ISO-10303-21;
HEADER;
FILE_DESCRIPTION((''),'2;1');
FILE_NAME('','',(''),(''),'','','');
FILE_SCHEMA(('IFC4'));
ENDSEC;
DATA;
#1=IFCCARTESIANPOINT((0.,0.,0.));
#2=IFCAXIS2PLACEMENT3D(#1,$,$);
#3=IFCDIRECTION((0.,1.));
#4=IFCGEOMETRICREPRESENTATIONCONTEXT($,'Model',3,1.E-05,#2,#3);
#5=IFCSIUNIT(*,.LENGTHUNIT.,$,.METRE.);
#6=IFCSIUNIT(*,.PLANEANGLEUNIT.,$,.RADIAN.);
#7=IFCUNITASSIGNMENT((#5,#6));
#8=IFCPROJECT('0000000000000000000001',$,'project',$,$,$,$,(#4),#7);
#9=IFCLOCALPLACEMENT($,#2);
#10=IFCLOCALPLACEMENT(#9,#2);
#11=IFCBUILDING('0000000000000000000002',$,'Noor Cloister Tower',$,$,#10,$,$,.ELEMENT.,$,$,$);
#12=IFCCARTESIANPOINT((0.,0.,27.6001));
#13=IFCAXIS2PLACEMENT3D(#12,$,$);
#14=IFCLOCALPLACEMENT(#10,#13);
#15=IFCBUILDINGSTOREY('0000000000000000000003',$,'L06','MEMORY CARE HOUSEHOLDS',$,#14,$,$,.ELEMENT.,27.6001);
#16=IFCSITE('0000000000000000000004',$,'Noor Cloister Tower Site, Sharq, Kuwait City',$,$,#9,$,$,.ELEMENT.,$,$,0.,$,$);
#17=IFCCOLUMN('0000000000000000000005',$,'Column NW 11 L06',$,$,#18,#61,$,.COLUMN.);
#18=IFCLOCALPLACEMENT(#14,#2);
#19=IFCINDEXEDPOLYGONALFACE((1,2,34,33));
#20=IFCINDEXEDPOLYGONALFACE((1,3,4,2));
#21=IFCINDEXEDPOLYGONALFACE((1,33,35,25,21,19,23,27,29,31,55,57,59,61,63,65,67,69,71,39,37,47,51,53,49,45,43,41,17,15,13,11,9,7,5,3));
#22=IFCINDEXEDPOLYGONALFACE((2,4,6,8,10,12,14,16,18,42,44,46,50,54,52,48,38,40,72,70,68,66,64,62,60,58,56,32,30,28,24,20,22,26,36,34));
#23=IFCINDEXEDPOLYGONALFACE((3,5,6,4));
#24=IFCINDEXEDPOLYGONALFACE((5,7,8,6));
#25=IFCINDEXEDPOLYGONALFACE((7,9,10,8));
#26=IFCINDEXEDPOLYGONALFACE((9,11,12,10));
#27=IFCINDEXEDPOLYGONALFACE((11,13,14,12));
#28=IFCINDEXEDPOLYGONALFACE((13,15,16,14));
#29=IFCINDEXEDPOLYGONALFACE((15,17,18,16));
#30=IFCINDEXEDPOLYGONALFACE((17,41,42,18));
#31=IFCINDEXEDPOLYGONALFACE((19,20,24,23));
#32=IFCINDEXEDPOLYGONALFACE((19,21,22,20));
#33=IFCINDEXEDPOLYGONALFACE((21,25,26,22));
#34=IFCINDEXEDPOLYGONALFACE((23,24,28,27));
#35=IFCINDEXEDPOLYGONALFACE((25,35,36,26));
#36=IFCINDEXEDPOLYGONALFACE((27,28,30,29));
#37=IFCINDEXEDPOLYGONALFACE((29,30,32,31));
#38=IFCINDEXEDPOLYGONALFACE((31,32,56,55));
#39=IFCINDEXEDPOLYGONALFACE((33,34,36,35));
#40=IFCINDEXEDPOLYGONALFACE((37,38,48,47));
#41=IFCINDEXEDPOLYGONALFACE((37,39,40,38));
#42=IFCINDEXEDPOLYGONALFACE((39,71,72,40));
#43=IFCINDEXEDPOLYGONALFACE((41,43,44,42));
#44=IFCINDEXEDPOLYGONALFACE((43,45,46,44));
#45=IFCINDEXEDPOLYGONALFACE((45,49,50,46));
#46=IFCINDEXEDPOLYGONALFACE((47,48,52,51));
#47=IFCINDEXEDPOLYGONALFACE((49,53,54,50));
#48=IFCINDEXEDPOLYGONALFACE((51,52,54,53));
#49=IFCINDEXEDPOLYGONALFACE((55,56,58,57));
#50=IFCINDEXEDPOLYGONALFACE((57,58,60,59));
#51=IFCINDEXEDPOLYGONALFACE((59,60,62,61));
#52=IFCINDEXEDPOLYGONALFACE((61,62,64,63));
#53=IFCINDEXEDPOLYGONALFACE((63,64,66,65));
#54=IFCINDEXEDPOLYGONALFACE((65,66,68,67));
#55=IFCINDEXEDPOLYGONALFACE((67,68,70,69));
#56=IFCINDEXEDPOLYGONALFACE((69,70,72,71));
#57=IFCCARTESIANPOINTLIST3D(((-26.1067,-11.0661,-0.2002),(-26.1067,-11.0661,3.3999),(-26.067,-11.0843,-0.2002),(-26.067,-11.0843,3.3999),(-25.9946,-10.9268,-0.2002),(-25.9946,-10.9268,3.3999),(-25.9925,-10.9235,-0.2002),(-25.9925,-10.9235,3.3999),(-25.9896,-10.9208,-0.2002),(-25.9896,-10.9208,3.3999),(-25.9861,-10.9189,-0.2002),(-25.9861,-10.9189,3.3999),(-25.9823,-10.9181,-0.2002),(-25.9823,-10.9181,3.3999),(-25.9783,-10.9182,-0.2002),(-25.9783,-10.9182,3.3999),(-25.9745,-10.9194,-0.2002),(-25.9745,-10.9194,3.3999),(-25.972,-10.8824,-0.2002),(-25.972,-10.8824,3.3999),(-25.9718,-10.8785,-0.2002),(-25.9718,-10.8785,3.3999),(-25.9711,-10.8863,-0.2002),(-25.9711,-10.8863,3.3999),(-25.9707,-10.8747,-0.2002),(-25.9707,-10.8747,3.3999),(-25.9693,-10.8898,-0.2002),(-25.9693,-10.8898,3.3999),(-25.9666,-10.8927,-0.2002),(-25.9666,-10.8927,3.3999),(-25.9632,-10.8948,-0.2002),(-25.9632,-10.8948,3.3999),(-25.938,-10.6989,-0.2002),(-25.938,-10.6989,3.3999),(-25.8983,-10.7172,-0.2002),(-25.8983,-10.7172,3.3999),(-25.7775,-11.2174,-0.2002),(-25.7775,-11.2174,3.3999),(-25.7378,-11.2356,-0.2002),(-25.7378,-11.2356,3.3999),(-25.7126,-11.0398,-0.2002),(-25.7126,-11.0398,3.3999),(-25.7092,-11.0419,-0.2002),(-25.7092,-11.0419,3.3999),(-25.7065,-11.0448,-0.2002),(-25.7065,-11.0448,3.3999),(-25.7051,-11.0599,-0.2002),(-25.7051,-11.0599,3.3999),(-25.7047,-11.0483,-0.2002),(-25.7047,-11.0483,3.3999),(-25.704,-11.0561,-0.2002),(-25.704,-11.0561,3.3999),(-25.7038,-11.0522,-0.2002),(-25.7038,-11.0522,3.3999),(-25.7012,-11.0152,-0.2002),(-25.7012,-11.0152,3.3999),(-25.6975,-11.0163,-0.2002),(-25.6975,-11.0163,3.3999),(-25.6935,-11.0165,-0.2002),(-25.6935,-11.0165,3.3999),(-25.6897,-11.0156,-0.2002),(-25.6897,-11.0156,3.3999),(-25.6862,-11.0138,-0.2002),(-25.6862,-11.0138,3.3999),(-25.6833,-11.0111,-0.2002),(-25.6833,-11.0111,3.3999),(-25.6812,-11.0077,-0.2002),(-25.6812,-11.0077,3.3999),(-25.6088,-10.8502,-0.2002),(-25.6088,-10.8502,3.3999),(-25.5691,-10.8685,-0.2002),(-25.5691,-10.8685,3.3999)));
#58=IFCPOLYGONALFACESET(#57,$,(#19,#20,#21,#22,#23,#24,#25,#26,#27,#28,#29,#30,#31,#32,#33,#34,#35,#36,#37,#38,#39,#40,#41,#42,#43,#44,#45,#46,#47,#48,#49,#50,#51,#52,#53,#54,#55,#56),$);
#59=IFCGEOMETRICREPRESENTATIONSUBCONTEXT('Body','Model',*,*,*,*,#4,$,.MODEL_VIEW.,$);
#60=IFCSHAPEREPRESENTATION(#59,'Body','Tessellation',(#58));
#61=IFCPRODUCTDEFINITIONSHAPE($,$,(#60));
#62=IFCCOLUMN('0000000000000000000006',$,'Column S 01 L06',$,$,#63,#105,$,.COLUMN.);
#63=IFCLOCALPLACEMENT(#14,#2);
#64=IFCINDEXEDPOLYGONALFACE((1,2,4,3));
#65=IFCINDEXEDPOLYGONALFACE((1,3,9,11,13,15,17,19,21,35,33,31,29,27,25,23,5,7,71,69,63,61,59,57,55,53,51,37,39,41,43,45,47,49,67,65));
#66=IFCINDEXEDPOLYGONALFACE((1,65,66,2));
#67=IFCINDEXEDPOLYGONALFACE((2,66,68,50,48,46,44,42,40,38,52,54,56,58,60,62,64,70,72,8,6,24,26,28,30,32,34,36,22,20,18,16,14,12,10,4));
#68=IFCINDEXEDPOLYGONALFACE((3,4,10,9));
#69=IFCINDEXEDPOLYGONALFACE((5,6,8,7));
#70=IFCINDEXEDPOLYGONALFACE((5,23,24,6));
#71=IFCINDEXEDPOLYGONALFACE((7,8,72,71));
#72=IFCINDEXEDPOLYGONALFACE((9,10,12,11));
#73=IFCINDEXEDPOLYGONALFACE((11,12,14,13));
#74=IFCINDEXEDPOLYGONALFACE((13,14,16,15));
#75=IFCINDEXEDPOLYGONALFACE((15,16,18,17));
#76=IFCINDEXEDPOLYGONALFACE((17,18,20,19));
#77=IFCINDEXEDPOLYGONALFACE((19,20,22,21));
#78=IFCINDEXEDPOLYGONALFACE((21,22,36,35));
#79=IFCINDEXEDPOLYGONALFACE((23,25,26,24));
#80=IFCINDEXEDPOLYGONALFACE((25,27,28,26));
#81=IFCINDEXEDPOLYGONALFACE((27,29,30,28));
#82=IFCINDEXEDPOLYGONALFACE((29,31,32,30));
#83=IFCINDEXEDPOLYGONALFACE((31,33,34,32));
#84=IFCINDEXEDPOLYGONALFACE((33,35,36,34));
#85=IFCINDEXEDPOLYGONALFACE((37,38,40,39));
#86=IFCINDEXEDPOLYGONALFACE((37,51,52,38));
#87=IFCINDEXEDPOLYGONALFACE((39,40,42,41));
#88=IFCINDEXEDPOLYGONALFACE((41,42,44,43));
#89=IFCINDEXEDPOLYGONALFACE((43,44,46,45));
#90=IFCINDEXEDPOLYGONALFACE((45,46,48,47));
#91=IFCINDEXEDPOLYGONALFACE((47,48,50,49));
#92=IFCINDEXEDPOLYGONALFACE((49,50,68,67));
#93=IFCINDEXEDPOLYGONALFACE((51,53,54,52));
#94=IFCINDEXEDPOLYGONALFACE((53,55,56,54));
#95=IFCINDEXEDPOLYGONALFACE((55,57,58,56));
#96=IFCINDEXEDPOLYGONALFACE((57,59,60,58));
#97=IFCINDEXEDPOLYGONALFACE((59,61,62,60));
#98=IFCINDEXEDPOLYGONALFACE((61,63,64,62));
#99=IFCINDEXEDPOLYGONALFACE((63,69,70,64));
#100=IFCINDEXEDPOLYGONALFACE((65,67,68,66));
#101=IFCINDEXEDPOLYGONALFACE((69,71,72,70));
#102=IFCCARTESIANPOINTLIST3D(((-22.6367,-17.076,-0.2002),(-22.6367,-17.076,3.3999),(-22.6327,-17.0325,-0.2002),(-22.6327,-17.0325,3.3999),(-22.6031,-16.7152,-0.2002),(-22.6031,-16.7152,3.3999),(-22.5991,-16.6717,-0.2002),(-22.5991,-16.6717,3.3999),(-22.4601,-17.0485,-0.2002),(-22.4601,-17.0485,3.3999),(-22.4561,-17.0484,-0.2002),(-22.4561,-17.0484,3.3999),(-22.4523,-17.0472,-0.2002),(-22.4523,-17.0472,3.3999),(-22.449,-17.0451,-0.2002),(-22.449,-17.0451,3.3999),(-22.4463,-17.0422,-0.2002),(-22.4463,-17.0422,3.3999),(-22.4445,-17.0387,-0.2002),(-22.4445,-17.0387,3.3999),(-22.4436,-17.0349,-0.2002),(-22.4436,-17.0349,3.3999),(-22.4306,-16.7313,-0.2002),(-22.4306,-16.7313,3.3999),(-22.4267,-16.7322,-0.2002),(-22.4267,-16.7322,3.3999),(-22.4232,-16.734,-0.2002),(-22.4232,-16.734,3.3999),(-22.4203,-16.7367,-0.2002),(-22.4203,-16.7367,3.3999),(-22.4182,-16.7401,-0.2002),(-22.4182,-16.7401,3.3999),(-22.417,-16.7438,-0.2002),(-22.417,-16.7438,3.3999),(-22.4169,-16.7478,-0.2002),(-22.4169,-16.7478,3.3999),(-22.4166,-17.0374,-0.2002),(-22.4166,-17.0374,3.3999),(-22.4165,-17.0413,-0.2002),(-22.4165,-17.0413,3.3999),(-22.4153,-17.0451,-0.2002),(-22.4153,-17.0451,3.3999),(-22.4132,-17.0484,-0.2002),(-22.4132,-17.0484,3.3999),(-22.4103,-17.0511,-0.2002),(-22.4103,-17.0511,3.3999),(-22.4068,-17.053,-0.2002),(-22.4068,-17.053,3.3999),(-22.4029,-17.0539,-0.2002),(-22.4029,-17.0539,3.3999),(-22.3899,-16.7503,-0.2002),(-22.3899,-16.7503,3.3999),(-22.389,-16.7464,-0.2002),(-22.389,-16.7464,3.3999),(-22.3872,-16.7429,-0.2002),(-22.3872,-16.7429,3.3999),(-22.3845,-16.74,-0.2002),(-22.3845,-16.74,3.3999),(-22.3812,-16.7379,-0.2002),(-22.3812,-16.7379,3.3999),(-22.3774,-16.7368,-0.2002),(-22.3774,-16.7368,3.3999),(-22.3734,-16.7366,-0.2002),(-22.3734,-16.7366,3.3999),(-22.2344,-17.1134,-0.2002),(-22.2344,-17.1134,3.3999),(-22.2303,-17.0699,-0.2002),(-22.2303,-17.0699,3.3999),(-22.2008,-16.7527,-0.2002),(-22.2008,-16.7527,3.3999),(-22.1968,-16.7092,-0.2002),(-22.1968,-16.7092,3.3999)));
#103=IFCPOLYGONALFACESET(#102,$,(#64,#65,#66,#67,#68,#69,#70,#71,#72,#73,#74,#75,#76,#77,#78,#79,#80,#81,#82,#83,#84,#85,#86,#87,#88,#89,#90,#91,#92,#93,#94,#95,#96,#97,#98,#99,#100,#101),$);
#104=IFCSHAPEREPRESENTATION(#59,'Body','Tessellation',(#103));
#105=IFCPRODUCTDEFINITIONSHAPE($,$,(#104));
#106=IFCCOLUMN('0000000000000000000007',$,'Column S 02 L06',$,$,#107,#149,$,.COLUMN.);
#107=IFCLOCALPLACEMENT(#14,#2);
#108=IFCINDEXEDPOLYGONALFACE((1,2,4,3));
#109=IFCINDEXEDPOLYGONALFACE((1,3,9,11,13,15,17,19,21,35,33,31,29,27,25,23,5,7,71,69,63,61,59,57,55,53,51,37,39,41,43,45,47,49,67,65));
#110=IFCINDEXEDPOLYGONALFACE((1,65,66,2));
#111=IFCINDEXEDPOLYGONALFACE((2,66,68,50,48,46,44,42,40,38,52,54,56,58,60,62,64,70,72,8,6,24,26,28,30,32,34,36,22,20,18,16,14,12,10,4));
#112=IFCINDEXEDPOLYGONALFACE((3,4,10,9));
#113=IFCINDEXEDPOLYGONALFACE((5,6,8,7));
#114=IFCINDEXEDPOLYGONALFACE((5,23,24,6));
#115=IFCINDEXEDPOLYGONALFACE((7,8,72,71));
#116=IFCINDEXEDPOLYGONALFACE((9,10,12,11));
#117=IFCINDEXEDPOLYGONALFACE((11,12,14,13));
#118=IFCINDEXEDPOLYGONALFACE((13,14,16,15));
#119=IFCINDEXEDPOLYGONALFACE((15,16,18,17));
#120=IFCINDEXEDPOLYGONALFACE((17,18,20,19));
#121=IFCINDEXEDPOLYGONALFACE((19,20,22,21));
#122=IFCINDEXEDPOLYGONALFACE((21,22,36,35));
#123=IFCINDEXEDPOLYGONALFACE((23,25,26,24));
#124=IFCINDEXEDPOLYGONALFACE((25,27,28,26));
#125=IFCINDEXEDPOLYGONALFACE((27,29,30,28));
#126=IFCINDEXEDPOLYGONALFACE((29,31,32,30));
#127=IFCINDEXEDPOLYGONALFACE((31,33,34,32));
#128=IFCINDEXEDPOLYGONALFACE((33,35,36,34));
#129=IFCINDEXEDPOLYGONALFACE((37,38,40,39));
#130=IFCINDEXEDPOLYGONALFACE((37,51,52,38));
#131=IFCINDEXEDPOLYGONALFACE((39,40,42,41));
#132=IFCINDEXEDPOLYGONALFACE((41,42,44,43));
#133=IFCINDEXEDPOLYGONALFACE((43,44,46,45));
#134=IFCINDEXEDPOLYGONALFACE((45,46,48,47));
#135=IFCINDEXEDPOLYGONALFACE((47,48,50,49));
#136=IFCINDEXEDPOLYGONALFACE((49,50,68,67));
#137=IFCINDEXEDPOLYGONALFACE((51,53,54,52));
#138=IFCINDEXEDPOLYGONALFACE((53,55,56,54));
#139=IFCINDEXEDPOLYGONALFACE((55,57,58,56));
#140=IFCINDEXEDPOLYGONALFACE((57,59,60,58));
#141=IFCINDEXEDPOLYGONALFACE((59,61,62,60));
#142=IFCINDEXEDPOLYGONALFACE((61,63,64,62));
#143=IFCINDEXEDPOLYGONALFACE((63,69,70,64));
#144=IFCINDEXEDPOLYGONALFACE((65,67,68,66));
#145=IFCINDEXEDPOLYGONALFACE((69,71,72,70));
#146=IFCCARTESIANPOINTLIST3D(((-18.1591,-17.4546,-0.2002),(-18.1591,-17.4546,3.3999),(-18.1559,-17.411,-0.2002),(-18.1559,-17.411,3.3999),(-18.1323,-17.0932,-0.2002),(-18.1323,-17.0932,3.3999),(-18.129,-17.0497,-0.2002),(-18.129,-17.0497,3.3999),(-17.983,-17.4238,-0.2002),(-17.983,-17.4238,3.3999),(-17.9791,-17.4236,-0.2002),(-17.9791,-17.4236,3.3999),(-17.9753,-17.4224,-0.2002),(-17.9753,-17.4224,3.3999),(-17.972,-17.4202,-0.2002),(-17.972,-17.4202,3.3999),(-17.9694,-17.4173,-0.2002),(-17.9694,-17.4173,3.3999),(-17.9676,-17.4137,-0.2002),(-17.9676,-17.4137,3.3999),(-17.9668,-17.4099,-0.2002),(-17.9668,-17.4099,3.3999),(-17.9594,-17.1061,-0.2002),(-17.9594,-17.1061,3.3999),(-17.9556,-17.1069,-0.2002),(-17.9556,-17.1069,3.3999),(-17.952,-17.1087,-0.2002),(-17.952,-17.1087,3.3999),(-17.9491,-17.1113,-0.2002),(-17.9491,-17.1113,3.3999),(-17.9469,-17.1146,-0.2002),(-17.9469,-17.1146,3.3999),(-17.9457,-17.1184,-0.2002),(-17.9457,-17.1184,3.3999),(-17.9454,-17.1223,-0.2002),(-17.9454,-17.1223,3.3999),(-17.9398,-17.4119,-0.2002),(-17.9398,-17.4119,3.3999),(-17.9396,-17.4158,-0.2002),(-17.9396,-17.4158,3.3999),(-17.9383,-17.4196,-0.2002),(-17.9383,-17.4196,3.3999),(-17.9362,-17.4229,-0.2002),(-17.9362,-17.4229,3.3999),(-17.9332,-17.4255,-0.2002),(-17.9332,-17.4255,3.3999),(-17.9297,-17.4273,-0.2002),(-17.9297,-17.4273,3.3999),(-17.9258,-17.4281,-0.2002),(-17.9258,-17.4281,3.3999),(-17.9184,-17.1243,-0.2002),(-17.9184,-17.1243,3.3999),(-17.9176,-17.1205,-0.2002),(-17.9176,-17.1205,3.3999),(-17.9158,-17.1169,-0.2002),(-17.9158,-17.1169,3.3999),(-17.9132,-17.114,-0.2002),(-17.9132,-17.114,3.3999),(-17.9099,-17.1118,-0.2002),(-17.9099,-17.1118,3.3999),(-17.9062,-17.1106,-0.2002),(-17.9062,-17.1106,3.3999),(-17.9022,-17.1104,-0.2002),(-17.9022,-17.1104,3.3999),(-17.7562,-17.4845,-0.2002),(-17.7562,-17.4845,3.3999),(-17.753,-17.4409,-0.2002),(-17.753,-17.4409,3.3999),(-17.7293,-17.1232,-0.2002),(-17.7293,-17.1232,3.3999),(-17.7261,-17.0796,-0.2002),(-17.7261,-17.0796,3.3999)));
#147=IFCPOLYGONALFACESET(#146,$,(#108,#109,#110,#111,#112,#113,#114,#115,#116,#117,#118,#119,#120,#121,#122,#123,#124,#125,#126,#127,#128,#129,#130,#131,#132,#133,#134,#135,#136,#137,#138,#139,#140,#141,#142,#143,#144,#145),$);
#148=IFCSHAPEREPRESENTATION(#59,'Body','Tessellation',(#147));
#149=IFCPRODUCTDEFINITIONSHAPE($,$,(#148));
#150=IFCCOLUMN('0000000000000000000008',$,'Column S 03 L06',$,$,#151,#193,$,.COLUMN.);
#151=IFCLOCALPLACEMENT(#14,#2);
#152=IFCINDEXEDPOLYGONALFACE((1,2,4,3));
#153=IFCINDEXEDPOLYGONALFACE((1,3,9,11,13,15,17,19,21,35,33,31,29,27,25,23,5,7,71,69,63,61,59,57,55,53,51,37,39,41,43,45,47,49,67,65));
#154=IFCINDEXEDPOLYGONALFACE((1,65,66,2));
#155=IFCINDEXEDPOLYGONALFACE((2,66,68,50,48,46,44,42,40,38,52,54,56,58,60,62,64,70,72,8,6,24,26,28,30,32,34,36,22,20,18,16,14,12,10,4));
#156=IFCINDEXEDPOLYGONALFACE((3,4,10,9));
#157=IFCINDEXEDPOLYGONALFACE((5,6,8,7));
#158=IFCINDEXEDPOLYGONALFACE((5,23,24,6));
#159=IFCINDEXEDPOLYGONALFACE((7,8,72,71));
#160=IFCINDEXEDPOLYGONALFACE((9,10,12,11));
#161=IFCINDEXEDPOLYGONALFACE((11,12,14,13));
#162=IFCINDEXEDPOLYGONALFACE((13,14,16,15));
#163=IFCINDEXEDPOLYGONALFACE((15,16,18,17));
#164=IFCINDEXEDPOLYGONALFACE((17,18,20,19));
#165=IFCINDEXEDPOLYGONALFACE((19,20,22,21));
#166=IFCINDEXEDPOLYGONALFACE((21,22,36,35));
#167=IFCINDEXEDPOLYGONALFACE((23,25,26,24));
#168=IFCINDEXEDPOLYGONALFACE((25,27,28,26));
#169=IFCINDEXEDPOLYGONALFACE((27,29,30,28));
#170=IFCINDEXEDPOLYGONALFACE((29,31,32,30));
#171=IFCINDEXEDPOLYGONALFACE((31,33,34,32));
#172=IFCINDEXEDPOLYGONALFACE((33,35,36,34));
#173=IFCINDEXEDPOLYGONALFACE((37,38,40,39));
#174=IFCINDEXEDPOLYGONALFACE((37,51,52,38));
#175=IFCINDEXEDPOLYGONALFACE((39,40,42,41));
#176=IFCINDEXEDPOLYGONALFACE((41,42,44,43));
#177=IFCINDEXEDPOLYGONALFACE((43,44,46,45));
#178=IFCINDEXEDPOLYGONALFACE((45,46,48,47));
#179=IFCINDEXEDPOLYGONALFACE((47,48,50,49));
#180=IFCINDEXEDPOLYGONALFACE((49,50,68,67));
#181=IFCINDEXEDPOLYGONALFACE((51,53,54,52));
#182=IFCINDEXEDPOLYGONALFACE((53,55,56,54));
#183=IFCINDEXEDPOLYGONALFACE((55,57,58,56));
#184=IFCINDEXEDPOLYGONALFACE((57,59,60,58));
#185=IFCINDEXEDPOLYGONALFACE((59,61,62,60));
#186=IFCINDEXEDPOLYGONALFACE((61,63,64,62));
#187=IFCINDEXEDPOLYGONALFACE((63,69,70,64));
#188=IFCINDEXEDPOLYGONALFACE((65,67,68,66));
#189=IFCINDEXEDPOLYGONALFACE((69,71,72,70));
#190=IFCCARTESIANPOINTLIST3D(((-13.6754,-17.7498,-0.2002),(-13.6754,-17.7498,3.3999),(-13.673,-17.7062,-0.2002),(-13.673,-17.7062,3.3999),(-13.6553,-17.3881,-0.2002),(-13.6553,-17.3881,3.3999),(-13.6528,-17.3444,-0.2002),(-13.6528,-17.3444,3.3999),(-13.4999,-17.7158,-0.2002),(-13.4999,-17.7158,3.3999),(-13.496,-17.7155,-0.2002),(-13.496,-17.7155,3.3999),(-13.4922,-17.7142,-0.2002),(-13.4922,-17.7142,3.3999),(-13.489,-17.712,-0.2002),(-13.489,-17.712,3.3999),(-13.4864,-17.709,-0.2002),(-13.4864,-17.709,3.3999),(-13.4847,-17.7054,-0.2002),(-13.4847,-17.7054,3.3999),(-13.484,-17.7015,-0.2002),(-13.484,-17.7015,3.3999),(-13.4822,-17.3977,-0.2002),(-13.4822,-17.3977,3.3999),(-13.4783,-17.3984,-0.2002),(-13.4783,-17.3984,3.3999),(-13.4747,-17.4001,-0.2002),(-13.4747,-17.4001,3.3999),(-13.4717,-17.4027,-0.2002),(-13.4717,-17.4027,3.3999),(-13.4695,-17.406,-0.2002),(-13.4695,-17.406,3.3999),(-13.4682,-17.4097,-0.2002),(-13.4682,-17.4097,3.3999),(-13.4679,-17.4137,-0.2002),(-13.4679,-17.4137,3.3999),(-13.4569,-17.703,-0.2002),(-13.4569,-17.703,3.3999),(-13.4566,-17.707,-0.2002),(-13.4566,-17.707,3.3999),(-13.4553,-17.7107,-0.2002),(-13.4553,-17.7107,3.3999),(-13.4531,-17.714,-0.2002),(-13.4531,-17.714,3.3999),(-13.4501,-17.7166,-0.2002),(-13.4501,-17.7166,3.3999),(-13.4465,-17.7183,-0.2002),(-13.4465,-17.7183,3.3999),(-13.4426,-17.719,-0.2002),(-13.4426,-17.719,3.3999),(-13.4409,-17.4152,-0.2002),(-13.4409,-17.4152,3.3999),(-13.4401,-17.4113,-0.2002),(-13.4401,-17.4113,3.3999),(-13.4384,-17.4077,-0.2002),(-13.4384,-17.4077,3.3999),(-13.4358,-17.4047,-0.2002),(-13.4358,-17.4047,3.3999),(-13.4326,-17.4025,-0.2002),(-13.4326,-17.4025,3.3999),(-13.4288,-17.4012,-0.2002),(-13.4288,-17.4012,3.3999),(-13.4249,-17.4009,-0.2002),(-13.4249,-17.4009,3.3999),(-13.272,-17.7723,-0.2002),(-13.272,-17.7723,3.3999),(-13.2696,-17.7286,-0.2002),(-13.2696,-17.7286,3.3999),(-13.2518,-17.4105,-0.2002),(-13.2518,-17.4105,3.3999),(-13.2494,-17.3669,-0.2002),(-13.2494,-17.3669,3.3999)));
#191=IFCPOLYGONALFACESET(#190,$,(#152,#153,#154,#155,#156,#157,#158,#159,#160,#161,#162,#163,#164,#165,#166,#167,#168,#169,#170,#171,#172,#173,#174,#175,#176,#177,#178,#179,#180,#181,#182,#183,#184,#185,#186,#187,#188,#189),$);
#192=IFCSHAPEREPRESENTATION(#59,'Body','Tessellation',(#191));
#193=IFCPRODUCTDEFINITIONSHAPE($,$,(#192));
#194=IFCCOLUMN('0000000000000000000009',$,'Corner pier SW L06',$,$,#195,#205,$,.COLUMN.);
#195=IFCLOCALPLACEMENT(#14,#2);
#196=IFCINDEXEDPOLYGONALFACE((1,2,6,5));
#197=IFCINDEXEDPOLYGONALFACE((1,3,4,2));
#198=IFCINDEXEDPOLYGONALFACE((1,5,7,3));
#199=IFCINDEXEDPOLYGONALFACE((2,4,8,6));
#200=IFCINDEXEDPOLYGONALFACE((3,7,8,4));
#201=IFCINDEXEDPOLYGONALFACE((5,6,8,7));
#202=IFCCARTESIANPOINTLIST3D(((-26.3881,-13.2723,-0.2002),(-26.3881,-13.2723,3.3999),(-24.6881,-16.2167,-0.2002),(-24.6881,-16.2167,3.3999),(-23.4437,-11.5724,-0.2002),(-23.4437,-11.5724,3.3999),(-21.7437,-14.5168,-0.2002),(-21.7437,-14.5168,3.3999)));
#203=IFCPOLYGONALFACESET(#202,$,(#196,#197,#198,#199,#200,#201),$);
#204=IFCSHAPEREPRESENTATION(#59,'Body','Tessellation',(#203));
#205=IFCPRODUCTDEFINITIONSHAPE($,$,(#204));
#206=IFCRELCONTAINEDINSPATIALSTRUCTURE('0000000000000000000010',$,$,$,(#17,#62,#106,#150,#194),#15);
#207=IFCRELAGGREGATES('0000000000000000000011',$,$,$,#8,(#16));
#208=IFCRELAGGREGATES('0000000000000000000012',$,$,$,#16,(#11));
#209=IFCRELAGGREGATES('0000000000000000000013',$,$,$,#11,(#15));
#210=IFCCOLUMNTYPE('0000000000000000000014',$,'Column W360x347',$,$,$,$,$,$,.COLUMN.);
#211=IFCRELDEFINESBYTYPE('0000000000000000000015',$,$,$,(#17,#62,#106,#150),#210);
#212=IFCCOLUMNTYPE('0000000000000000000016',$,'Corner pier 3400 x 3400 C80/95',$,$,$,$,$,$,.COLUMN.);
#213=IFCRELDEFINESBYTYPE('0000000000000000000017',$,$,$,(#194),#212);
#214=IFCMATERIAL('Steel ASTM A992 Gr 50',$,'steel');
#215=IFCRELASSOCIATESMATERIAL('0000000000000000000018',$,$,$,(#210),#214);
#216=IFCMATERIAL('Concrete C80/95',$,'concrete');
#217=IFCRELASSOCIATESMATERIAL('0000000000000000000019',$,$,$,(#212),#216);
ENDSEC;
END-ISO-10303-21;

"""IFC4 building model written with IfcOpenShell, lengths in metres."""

from ifc_helpers import new_model, si_unit, direction, frame, origin, origin_2d, place, context, subcontext, project, spatial, rectangle, i_section, extrude, material, material_profile, profile_set, type_object, element, save


model = new_model("IFC4")

# Units and contexts
model_context = context("Model", 3, precision=1e-05, world=origin(), true_north=direction((0.0, 1.0)))
body_context = subcontext(model_context, "Body", "Model", "MODEL_VIEW")
ifc_project = project(units=[si_unit("LENGTHUNIT", "METRE"), si_unit("PLANEANGLEUNIT", "RADIAN")], contexts=[model_context])

# Site, building, storey
site_placement = place(None, origin())
site = spatial("IfcSite", under=ifc_project, at=site_placement, Name="Noor Cloister Tower Site, Sharq, Kuwait City", CompositionType="ELEMENT", RefElevation=0.0)
building_placement = place(site_placement, origin())
building = spatial("IfcBuilding", under=site, at=building_placement, Name="Noor Cloister Tower", CompositionType="ELEMENT")
storey_placement = place(building_placement, frame((0.0, 0.0, 27.6001)))
storey = spatial("IfcBuildingStorey", under=building, at=storey_placement, Name="L06", Description="MEMORY CARE HOUSEHOLDS", CompositionType="ELEMENT", Elevation=27.6001)

# Columns
ifc_material_1 = material(Name="Steel ASTM A992 Gr 50", Category="steel")
ifc_material_profile_1 = material_profile(ifc_material_1, i_section(OverallWidth=0.4041, OverallDepth=0.406, WebThickness=0.0271, FlangeThickness=0.0437, FilletRadius=0.0151, at=origin_2d()), Name="W360x347")
ifc_profile_set_1 = profile_set([ifc_material_profile_1], Name="Steel ASTM A992 Gr 50")
column_type_1 = type_object("IfcColumnType", Name="Column W360x347", PredefinedType="COLUMN", material=ifc_profile_set_1)
for number, where, z_axis, x_axis, name in (
    (1, (-25.8379, -10.9673, -0.2002), (0.0, 0.0, 1.0), (-0.417624, -0.90862, 0.0), "Column NW 11 L06"),
    (2, (-22.4167, -16.8926, -0.2002), (0.0, 0.0, 1.0), (0.9957, -0.092636, 0.0), "Column S 01 L06"),
    (3, (-17.9426, -17.2671, -0.2002), (0.0, 0.0, 1.0), (0.997247, -0.074147, 0.0), "Column S 02 L06"),
    (4, (-13.4624, -17.5583, -0.2002), (0.0, 0.0, 1.0), (0.998451, -0.055633, 0.0), "Column S 03 L06"),
):
    element("IfcColumn", number, at=place(storey_placement, frame(where, z_axis=z_axis, x_axis=x_axis)), inside=storey, type_object=column_type_1, Name=name, PredefinedType="COLUMN", context=body_context, shape_type="SweptSolid", body=[
        extrude(i_section(OverallWidth=0.4041, OverallDepth=0.406, WebThickness=0.0271, FlangeThickness=0.0437, FilletRadius=0.0151, at=origin_2d()), origin(), (0.0, 0.0, 1.0), 3.6001),
    ])
ifc_material_2 = material(Name="Concrete C80/95", Category="concrete")
ifc_material_profile_2 = material_profile(ifc_material_2, rectangle(XDim=3.3999, YDim=3.3999, at=origin_2d()), Name="RC 3400x3400")
ifc_profile_set_2 = profile_set([ifc_material_profile_2], Name="Concrete C80/95")
column_type_2 = type_object("IfcColumnType", Name="Corner pier 3400 x 3400 C80/95", PredefinedType="COLUMN", material=ifc_profile_set_2)
column_placement = place(storey_placement, frame((-24.0659, -13.8945, -0.2002), z_axis=(0.0, 0.0, 1.0), x_axis=(-0.866025, -0.5, 0.0)))
element("IfcColumn", 5, at=column_placement, inside=storey, type_object=column_type_2, Name="Corner pier SW L06", PredefinedType="COLUMN", context=body_context, shape_type="SweptSolid", body=[
    extrude(rectangle(XDim=3.3999, YDim=3.3999, at=origin_2d()), origin(), (0.0, 0.0, 1.0), 3.6001),
])

save(model, "model.ifc")
